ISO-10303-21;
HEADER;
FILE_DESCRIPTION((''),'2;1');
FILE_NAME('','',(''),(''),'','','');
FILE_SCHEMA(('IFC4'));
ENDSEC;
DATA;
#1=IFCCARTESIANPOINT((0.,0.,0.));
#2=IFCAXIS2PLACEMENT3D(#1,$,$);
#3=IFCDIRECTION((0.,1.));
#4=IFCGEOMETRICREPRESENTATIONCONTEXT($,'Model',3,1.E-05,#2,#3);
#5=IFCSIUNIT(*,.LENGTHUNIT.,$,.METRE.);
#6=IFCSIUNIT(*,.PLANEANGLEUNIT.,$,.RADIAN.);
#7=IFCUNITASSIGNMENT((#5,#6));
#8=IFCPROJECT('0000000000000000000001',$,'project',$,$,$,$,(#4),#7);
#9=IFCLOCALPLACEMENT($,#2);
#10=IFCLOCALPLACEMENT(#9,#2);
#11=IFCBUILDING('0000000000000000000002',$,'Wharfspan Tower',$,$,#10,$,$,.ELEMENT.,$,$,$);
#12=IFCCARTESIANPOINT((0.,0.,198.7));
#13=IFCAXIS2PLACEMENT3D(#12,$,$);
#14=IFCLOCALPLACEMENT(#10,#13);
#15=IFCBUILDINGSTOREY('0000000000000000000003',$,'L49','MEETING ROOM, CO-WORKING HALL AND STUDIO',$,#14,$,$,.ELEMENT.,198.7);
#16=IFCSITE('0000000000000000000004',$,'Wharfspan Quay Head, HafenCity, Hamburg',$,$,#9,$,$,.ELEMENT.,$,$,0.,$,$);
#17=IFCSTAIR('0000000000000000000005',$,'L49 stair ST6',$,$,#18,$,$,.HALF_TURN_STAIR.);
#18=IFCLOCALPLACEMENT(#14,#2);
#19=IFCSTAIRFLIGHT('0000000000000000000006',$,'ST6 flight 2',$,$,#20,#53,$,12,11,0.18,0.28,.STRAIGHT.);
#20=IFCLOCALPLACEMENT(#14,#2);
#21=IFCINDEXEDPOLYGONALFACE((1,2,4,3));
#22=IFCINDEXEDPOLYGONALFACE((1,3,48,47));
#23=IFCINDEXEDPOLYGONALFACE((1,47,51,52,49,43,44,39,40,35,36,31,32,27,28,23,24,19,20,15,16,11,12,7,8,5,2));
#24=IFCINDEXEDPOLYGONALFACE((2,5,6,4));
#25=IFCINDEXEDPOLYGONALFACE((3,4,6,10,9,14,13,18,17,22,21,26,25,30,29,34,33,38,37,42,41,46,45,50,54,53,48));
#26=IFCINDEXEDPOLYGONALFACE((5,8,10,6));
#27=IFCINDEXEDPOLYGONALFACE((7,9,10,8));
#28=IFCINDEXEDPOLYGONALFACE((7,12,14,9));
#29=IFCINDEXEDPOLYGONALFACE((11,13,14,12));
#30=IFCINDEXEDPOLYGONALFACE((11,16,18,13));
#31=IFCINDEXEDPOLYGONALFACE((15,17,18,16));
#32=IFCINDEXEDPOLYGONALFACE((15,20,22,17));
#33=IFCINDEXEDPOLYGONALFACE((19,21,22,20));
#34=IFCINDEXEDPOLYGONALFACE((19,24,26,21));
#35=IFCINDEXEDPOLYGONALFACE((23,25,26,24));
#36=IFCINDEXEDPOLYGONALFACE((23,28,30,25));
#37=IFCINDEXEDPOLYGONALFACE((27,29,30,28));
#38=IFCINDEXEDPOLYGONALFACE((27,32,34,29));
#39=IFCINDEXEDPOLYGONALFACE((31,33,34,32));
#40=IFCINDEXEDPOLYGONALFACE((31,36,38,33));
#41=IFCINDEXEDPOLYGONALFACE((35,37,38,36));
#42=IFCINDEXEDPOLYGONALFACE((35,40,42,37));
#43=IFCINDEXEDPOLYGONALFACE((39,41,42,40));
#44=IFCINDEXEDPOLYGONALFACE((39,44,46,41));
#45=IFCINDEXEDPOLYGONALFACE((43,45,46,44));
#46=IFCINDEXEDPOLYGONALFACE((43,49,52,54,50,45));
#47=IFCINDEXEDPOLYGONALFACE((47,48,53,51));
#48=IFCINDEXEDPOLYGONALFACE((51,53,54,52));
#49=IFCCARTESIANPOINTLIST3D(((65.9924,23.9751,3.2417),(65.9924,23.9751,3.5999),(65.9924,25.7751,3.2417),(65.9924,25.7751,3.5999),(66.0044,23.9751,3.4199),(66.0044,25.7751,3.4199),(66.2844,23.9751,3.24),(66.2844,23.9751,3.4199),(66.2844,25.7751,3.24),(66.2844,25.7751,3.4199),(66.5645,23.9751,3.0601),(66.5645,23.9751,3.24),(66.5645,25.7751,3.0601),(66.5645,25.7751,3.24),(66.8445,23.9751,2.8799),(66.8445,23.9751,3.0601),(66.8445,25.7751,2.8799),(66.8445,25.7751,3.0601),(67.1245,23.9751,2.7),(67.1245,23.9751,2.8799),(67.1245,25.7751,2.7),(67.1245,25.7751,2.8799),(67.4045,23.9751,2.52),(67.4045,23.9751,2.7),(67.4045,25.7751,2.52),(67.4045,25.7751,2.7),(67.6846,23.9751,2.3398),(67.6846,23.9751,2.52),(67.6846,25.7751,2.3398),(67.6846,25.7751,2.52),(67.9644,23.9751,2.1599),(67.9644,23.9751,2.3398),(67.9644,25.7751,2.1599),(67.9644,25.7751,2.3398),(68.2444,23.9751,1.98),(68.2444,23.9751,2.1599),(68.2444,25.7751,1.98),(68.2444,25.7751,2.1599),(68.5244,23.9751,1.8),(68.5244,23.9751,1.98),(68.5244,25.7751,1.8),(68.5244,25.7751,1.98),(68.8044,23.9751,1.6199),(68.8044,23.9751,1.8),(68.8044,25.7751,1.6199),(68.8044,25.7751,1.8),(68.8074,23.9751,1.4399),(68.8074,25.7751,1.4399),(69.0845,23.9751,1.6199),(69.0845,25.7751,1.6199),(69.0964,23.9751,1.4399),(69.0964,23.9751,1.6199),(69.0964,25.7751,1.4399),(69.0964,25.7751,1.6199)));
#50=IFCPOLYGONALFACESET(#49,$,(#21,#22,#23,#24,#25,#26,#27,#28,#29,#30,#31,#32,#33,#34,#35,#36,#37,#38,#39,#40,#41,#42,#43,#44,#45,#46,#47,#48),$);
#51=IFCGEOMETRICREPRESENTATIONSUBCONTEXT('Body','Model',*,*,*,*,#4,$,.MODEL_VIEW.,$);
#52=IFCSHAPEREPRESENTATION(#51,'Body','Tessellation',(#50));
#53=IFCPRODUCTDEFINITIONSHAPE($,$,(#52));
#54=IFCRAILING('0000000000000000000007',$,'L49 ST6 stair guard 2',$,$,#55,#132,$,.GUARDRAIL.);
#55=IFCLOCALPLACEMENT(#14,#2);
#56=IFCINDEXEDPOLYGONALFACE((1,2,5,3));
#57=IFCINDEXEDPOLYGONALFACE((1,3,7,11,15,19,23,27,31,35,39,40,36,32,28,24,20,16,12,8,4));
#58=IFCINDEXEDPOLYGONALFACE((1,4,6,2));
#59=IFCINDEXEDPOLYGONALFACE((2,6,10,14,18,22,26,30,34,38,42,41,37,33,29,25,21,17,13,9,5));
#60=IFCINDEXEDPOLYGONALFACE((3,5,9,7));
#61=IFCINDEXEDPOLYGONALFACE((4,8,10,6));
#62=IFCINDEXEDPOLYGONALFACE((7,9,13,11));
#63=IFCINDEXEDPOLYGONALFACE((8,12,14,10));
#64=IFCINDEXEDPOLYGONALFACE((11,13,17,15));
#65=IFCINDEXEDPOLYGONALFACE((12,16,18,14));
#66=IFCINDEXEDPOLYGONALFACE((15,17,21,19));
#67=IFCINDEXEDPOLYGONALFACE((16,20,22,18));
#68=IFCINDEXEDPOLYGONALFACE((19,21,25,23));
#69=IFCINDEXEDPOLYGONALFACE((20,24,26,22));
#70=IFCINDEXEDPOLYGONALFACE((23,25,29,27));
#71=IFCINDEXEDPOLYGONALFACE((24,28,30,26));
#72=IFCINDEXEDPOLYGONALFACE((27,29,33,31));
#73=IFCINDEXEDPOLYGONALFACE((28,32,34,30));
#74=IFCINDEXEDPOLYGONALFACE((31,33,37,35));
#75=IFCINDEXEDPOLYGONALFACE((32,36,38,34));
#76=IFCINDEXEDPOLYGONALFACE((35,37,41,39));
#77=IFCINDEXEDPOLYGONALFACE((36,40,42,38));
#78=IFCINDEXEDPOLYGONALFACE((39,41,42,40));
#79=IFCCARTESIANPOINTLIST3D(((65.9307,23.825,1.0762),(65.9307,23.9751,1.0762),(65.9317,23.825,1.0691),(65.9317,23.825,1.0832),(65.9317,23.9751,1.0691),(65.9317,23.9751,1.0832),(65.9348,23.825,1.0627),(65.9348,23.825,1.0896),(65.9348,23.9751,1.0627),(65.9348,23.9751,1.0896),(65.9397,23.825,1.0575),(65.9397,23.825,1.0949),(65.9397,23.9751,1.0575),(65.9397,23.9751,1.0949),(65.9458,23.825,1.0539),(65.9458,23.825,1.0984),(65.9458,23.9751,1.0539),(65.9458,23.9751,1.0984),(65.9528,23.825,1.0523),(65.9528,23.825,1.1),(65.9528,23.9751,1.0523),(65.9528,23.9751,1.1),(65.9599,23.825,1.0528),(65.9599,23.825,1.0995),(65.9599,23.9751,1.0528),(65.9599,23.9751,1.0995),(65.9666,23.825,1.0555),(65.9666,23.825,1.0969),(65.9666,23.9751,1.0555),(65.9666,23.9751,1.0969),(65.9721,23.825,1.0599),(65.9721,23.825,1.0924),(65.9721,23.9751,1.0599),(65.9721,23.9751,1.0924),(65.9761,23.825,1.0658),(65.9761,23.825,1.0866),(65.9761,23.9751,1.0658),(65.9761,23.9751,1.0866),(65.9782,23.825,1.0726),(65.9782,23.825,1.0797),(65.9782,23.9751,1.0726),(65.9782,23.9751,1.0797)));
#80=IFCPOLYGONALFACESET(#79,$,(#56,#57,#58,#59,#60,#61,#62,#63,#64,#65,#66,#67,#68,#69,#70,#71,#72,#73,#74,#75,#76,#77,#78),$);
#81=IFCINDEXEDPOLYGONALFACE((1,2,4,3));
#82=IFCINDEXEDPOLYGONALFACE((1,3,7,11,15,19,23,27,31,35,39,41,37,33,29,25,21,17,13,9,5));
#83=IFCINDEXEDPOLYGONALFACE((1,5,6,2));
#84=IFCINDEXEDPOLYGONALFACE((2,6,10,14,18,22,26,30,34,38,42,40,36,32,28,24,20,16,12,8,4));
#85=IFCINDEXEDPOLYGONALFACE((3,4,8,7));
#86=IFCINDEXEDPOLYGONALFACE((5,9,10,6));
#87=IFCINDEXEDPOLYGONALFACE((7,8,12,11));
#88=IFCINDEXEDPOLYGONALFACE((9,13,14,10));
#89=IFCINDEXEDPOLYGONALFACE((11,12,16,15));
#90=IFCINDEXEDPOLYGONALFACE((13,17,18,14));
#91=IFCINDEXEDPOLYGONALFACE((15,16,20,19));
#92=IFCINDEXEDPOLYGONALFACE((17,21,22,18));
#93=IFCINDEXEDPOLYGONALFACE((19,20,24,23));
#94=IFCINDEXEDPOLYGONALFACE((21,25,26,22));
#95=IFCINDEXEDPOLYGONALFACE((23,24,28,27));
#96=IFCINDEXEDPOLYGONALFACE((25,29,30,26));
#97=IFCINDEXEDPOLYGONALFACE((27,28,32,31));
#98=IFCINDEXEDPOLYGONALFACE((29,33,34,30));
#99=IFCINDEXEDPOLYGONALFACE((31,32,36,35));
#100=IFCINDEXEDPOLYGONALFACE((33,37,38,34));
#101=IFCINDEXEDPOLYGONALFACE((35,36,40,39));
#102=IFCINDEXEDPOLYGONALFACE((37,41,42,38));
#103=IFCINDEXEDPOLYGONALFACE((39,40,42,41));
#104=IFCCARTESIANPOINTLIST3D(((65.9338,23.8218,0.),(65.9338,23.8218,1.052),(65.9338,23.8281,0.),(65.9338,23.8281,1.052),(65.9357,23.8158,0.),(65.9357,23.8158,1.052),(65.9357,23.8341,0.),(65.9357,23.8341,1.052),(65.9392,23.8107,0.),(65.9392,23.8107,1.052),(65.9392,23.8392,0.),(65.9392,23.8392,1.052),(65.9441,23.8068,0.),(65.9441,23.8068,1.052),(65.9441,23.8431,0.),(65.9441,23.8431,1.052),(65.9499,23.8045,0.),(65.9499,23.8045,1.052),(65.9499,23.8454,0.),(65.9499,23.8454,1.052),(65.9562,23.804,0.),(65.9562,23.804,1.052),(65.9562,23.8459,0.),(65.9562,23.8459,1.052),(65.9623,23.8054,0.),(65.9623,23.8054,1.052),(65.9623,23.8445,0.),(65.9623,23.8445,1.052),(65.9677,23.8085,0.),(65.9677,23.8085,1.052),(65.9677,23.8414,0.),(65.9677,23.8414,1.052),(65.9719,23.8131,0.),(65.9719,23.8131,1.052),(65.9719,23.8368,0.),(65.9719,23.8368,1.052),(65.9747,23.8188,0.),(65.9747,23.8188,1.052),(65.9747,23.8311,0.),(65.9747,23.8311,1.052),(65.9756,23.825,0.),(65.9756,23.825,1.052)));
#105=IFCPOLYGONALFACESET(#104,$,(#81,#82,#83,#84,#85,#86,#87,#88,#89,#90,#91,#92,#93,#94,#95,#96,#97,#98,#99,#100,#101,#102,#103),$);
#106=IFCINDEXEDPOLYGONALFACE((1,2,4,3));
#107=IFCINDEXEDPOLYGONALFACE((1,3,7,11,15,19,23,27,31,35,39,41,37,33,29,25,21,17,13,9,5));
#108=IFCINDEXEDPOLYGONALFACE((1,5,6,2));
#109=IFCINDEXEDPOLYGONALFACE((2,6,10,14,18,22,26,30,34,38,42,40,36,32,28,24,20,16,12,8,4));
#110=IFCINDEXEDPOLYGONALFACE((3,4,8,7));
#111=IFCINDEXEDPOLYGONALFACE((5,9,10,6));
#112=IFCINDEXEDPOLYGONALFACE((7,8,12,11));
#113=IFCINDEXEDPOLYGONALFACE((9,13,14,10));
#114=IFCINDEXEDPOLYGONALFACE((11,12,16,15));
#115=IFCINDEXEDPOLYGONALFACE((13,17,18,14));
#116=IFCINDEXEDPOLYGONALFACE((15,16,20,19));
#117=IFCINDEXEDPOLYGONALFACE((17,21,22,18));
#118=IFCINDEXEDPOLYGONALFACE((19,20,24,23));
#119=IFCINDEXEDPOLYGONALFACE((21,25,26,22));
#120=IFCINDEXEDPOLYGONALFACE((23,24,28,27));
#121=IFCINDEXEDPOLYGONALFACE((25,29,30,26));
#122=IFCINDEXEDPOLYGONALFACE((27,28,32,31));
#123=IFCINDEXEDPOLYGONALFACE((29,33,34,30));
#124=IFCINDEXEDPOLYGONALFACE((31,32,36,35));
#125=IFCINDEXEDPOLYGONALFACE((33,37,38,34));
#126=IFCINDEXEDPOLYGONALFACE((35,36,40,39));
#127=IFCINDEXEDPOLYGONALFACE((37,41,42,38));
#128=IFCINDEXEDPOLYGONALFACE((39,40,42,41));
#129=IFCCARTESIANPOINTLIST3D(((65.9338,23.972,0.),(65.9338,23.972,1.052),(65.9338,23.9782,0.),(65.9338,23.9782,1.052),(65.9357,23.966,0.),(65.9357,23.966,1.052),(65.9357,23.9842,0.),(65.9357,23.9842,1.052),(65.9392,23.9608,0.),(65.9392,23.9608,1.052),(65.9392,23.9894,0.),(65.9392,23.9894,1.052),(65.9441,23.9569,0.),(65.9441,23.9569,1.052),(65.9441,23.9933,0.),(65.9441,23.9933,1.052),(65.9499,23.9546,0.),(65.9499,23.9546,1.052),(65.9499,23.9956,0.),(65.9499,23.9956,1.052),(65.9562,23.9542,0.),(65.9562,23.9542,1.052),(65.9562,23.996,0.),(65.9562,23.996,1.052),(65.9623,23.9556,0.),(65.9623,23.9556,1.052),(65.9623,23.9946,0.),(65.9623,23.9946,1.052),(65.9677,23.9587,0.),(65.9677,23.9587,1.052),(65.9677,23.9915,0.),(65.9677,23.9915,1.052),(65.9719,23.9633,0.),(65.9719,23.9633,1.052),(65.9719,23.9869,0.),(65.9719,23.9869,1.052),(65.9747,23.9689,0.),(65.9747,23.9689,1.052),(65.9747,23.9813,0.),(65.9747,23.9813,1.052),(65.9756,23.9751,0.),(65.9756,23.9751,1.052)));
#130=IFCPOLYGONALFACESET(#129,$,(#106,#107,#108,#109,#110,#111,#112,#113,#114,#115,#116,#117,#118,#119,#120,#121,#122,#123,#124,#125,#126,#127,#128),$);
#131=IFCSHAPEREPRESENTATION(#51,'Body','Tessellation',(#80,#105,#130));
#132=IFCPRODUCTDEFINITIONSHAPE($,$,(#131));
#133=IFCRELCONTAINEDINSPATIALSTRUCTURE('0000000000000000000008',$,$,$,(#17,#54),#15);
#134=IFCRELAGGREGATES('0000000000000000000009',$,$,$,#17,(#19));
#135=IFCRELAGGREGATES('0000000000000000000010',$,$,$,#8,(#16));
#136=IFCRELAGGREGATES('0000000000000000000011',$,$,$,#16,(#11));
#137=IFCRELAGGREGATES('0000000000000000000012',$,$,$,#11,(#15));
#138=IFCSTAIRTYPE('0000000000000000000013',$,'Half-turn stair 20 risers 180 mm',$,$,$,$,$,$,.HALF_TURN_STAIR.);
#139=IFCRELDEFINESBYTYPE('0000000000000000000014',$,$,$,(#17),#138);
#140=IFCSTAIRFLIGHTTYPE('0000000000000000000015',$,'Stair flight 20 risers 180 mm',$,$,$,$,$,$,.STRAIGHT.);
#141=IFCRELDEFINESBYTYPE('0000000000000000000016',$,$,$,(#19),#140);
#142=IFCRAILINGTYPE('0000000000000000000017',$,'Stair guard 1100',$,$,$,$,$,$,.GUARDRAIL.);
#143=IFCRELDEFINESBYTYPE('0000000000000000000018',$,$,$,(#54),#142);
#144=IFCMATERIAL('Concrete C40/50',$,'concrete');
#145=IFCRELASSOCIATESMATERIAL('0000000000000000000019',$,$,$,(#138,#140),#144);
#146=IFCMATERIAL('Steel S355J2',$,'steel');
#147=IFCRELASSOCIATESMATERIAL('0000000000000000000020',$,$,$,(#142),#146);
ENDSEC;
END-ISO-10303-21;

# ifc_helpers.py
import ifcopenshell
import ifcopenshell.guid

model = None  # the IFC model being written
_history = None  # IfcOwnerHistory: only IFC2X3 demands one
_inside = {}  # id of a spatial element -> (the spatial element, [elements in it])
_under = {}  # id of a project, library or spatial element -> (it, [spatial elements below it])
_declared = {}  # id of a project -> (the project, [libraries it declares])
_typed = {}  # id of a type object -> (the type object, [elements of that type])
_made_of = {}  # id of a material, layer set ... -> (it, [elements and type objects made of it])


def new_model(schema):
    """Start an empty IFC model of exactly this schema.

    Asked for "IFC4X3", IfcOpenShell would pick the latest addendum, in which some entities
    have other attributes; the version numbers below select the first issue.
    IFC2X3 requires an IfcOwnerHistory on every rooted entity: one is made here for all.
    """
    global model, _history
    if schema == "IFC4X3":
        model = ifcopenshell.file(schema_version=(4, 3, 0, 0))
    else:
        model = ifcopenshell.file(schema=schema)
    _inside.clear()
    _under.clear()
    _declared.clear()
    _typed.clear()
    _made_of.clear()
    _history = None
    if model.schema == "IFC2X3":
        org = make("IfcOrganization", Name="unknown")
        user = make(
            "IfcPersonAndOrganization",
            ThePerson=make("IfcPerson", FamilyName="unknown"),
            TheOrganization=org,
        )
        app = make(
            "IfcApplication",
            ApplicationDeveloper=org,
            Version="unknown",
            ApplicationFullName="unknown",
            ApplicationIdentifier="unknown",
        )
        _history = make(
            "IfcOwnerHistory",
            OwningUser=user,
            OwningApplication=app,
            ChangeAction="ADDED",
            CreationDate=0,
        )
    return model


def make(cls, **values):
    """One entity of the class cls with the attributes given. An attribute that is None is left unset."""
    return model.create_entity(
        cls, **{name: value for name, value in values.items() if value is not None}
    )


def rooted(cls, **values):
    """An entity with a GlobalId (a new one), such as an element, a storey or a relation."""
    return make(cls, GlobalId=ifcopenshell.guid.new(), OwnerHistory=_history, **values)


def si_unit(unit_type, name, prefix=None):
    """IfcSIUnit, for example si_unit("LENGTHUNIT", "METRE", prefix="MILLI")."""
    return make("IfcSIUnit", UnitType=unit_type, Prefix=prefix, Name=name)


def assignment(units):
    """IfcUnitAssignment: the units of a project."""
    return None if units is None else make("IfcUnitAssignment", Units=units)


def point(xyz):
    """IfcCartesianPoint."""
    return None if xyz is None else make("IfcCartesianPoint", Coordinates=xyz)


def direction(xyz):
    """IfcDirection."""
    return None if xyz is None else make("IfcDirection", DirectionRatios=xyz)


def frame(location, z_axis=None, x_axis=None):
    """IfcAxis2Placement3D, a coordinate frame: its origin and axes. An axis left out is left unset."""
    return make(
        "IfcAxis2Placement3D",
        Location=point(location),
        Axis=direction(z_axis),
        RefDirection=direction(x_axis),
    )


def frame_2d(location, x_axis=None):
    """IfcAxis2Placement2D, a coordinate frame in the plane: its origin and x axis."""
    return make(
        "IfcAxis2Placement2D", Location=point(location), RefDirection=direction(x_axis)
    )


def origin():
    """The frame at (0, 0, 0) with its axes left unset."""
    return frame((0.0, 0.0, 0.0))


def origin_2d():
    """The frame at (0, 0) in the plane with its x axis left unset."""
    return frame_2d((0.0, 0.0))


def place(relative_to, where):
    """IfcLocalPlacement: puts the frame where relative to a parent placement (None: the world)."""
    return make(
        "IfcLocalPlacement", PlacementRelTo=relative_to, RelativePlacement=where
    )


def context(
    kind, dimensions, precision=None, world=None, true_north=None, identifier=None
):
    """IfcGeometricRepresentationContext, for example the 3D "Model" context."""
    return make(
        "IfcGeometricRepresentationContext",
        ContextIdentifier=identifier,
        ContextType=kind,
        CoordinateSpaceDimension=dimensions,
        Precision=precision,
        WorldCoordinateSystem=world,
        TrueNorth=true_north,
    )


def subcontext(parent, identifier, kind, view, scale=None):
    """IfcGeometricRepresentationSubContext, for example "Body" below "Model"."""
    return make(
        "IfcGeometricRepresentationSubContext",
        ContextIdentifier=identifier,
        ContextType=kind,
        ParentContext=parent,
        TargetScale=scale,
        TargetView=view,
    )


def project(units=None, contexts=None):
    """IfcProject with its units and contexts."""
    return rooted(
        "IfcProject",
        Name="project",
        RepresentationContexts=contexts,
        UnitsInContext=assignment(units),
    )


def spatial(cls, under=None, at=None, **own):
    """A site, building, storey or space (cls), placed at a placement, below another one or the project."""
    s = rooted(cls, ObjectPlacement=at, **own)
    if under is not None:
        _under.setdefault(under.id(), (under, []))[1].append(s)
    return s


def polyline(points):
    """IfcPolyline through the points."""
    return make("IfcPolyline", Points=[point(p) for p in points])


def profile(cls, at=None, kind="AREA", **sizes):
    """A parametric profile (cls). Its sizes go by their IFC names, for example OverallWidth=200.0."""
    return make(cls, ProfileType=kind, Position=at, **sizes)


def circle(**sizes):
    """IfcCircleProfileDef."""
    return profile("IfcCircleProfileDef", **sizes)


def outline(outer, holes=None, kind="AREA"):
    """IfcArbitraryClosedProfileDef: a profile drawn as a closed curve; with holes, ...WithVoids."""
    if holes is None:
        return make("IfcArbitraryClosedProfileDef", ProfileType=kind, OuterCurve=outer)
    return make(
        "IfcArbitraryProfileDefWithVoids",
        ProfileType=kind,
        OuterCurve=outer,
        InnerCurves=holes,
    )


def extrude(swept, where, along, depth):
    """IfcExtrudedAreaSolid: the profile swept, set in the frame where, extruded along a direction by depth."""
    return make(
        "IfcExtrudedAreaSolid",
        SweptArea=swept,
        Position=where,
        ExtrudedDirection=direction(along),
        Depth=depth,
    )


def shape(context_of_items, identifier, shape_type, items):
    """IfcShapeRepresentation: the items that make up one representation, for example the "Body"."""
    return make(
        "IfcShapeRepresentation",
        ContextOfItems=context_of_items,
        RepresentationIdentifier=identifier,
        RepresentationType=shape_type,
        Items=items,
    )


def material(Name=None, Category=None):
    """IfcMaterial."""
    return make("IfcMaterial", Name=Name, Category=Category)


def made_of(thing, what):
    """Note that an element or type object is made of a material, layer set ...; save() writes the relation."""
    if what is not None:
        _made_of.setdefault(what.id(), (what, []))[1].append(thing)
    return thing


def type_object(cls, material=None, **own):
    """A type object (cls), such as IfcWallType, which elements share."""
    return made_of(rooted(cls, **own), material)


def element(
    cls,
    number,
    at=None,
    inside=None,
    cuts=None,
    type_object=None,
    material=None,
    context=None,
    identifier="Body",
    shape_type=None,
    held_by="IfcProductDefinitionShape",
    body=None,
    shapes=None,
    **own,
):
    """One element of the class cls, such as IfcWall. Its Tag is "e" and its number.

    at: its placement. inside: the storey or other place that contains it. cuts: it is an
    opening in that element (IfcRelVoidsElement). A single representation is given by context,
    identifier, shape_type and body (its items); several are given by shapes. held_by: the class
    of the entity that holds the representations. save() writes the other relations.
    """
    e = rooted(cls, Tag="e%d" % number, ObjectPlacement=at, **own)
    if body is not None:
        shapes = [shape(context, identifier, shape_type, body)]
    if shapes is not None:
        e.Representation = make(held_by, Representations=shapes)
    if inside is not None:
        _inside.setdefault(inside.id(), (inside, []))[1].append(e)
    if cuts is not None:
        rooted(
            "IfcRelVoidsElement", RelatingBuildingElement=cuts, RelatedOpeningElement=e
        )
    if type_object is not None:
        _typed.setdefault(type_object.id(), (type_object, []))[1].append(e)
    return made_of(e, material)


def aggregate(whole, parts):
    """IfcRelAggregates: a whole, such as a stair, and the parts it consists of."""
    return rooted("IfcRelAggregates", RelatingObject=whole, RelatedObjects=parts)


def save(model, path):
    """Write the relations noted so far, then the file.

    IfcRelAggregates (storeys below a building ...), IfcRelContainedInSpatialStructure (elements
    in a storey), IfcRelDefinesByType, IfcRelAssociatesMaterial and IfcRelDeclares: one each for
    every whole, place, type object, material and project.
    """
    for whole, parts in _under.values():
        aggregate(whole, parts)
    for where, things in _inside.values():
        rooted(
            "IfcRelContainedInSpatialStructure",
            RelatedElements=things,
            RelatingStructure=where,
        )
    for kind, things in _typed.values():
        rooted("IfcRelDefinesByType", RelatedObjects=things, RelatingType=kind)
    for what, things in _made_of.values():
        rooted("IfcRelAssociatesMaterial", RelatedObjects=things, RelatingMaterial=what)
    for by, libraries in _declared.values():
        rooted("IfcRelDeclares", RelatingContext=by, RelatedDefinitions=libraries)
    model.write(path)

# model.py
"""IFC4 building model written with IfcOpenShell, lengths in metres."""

from ifc_helpers import new_model, si_unit, direction, frame, origin, origin_2d, place, context, subcontext, project, spatial, polyline, circle, outline, extrude, material, type_object, element, aggregate, save


model = new_model("IFC4")

# Units and contexts
model_context = context("Model", 3, precision=1e-05, world=origin(), true_north=direction((0.0, 1.0)))
body_context = subcontext(model_context, "Body", "Model", "MODEL_VIEW")
ifc_project = project(units=[si_unit("LENGTHUNIT", "METRE"), si_unit("PLANEANGLEUNIT", "RADIAN")], contexts=[model_context])

# Site, building, storey
site_placement = place(None, origin())
site = spatial("IfcSite", under=ifc_project, at=site_placement, Name="Wharfspan Quay Head, HafenCity, Hamburg", CompositionType="ELEMENT", RefElevation=0.0)
building_placement = place(site_placement, origin())
building = spatial("IfcBuilding", under=site, at=building_placement, Name="Wharfspan Tower", CompositionType="ELEMENT")
storey_placement = place(building_placement, frame((0.0, 0.0, 198.7)))
storey = spatial("IfcBuildingStorey", under=building, at=storey_placement, Name="L49", Description="MEETING ROOM, CO-WORKING HALL AND STUDIO", CompositionType="ELEMENT", Elevation=198.7)

# Shared definitions
ifc_material_1 = material(Name="Steel S355J2", Category="steel")

# Shared definitions
ifc_material_2 = material(Name="Concrete C40/50", Category="concrete")

# Stair, stair flight
stair_type = type_object("IfcStairType", Name="Half-turn stair 20 risers 180 mm", PredefinedType="HALF_TURN_STAIR", material=ifc_material_2)
stair_placement = place(storey_placement, origin())
stair = element("IfcStair", 1, at=stair_placement, inside=storey, type_object=stair_type, Name="L49 stair ST6", PredefinedType="HALF_TURN_STAIR")
stair_flight_type = type_object("IfcStairFlightType", Name="Stair flight 20 risers 180 mm", PredefinedType="STRAIGHT", material=ifc_material_2)
stair_flight_1_placement = place(storey_placement, frame((69.0845, 24.875, 1.4399), z_axis=(0.0, 0.0, 1.0), x_axis=(-1.0, 0.0, 0.0)))
stair_flight_1 = element("IfcStairFlight", 2, at=stair_flight_1_placement, type_object=stair_flight_type, Name="ST6 flight 2", NumberOfRisers=12, NumberOfTreads=11, PredefinedType="STRAIGHT", RiserHeight=0.18, TreadLength=0.28, context=body_context, shape_type="SweptSolid", body=[
    extrude(outline(polyline([(-0.012, 0.0), (-0.012, 0.1799), (0.0, 0.1799), (0.28, 0.1799), (0.28, 0.3601), (0.5601, 0.3601), (0.5601, 0.54), (0.8401, 0.54), (0.8401, 0.72), (1.1201, 0.72), (1.1201, 0.8999), (1.3999, 0.8999), (1.3999, 1.0801), (1.6799, 1.0801), (1.6799, 1.26), (1.96, 1.26), (1.96, 1.4399), (2.24, 1.4399), (2.24, 1.6201), (2.52, 1.6201), (2.52, 1.8), (2.8, 1.8), (2.8, 1.98), (3.0801, 1.98), (3.092, 2.1599), (3.092, 1.8018), (0.2771, 0.0), (-0.012, 0.0)])), frame((0.0, 0.8999, 0.0), z_axis=(0.0, -1.0, 0.0), x_axis=(1.0, 0.0, 0.0)), (0.0, 0.0, 1.0), 1.8),
])
aggregate(stair, [stair_flight_1])

# Railing
railing_type_1 = type_object("IfcRailingType", Name="Stair guard 1100", PredefinedType="GUARDRAIL", material=ifc_material_1)
railing_1_placement = place(storey_placement, frame((65.9546, 23.825, 0.0)))
element("IfcRailing", 3, at=railing_1_placement, inside=storey, type_object=railing_type_1, Name="L49 ST6 stair guard 2", PredefinedType="GUARDRAIL", context=body_context, shape_type="SweptSolid", body=[
    extrude(circle(Radius=0.0239, at=origin_2d()), frame((0.0, 0.0, 1.0762), z_axis=(0.0, 1.0, 0.0), x_axis=(-1.0, 0.0, 0.0)), (0.0, 0.0, 1.0), 0.1501),
    extrude(circle(Radius=0.021, at=origin_2d()), origin(), (0.0, 0.0, 1.0), 1.052),
    extrude(circle(Radius=0.021, at=origin_2d()), frame((0.0, 0.1501, 0.0)), (0.0, 0.0, 1.0), 1.052),
])

save(model, "model.ifc")
